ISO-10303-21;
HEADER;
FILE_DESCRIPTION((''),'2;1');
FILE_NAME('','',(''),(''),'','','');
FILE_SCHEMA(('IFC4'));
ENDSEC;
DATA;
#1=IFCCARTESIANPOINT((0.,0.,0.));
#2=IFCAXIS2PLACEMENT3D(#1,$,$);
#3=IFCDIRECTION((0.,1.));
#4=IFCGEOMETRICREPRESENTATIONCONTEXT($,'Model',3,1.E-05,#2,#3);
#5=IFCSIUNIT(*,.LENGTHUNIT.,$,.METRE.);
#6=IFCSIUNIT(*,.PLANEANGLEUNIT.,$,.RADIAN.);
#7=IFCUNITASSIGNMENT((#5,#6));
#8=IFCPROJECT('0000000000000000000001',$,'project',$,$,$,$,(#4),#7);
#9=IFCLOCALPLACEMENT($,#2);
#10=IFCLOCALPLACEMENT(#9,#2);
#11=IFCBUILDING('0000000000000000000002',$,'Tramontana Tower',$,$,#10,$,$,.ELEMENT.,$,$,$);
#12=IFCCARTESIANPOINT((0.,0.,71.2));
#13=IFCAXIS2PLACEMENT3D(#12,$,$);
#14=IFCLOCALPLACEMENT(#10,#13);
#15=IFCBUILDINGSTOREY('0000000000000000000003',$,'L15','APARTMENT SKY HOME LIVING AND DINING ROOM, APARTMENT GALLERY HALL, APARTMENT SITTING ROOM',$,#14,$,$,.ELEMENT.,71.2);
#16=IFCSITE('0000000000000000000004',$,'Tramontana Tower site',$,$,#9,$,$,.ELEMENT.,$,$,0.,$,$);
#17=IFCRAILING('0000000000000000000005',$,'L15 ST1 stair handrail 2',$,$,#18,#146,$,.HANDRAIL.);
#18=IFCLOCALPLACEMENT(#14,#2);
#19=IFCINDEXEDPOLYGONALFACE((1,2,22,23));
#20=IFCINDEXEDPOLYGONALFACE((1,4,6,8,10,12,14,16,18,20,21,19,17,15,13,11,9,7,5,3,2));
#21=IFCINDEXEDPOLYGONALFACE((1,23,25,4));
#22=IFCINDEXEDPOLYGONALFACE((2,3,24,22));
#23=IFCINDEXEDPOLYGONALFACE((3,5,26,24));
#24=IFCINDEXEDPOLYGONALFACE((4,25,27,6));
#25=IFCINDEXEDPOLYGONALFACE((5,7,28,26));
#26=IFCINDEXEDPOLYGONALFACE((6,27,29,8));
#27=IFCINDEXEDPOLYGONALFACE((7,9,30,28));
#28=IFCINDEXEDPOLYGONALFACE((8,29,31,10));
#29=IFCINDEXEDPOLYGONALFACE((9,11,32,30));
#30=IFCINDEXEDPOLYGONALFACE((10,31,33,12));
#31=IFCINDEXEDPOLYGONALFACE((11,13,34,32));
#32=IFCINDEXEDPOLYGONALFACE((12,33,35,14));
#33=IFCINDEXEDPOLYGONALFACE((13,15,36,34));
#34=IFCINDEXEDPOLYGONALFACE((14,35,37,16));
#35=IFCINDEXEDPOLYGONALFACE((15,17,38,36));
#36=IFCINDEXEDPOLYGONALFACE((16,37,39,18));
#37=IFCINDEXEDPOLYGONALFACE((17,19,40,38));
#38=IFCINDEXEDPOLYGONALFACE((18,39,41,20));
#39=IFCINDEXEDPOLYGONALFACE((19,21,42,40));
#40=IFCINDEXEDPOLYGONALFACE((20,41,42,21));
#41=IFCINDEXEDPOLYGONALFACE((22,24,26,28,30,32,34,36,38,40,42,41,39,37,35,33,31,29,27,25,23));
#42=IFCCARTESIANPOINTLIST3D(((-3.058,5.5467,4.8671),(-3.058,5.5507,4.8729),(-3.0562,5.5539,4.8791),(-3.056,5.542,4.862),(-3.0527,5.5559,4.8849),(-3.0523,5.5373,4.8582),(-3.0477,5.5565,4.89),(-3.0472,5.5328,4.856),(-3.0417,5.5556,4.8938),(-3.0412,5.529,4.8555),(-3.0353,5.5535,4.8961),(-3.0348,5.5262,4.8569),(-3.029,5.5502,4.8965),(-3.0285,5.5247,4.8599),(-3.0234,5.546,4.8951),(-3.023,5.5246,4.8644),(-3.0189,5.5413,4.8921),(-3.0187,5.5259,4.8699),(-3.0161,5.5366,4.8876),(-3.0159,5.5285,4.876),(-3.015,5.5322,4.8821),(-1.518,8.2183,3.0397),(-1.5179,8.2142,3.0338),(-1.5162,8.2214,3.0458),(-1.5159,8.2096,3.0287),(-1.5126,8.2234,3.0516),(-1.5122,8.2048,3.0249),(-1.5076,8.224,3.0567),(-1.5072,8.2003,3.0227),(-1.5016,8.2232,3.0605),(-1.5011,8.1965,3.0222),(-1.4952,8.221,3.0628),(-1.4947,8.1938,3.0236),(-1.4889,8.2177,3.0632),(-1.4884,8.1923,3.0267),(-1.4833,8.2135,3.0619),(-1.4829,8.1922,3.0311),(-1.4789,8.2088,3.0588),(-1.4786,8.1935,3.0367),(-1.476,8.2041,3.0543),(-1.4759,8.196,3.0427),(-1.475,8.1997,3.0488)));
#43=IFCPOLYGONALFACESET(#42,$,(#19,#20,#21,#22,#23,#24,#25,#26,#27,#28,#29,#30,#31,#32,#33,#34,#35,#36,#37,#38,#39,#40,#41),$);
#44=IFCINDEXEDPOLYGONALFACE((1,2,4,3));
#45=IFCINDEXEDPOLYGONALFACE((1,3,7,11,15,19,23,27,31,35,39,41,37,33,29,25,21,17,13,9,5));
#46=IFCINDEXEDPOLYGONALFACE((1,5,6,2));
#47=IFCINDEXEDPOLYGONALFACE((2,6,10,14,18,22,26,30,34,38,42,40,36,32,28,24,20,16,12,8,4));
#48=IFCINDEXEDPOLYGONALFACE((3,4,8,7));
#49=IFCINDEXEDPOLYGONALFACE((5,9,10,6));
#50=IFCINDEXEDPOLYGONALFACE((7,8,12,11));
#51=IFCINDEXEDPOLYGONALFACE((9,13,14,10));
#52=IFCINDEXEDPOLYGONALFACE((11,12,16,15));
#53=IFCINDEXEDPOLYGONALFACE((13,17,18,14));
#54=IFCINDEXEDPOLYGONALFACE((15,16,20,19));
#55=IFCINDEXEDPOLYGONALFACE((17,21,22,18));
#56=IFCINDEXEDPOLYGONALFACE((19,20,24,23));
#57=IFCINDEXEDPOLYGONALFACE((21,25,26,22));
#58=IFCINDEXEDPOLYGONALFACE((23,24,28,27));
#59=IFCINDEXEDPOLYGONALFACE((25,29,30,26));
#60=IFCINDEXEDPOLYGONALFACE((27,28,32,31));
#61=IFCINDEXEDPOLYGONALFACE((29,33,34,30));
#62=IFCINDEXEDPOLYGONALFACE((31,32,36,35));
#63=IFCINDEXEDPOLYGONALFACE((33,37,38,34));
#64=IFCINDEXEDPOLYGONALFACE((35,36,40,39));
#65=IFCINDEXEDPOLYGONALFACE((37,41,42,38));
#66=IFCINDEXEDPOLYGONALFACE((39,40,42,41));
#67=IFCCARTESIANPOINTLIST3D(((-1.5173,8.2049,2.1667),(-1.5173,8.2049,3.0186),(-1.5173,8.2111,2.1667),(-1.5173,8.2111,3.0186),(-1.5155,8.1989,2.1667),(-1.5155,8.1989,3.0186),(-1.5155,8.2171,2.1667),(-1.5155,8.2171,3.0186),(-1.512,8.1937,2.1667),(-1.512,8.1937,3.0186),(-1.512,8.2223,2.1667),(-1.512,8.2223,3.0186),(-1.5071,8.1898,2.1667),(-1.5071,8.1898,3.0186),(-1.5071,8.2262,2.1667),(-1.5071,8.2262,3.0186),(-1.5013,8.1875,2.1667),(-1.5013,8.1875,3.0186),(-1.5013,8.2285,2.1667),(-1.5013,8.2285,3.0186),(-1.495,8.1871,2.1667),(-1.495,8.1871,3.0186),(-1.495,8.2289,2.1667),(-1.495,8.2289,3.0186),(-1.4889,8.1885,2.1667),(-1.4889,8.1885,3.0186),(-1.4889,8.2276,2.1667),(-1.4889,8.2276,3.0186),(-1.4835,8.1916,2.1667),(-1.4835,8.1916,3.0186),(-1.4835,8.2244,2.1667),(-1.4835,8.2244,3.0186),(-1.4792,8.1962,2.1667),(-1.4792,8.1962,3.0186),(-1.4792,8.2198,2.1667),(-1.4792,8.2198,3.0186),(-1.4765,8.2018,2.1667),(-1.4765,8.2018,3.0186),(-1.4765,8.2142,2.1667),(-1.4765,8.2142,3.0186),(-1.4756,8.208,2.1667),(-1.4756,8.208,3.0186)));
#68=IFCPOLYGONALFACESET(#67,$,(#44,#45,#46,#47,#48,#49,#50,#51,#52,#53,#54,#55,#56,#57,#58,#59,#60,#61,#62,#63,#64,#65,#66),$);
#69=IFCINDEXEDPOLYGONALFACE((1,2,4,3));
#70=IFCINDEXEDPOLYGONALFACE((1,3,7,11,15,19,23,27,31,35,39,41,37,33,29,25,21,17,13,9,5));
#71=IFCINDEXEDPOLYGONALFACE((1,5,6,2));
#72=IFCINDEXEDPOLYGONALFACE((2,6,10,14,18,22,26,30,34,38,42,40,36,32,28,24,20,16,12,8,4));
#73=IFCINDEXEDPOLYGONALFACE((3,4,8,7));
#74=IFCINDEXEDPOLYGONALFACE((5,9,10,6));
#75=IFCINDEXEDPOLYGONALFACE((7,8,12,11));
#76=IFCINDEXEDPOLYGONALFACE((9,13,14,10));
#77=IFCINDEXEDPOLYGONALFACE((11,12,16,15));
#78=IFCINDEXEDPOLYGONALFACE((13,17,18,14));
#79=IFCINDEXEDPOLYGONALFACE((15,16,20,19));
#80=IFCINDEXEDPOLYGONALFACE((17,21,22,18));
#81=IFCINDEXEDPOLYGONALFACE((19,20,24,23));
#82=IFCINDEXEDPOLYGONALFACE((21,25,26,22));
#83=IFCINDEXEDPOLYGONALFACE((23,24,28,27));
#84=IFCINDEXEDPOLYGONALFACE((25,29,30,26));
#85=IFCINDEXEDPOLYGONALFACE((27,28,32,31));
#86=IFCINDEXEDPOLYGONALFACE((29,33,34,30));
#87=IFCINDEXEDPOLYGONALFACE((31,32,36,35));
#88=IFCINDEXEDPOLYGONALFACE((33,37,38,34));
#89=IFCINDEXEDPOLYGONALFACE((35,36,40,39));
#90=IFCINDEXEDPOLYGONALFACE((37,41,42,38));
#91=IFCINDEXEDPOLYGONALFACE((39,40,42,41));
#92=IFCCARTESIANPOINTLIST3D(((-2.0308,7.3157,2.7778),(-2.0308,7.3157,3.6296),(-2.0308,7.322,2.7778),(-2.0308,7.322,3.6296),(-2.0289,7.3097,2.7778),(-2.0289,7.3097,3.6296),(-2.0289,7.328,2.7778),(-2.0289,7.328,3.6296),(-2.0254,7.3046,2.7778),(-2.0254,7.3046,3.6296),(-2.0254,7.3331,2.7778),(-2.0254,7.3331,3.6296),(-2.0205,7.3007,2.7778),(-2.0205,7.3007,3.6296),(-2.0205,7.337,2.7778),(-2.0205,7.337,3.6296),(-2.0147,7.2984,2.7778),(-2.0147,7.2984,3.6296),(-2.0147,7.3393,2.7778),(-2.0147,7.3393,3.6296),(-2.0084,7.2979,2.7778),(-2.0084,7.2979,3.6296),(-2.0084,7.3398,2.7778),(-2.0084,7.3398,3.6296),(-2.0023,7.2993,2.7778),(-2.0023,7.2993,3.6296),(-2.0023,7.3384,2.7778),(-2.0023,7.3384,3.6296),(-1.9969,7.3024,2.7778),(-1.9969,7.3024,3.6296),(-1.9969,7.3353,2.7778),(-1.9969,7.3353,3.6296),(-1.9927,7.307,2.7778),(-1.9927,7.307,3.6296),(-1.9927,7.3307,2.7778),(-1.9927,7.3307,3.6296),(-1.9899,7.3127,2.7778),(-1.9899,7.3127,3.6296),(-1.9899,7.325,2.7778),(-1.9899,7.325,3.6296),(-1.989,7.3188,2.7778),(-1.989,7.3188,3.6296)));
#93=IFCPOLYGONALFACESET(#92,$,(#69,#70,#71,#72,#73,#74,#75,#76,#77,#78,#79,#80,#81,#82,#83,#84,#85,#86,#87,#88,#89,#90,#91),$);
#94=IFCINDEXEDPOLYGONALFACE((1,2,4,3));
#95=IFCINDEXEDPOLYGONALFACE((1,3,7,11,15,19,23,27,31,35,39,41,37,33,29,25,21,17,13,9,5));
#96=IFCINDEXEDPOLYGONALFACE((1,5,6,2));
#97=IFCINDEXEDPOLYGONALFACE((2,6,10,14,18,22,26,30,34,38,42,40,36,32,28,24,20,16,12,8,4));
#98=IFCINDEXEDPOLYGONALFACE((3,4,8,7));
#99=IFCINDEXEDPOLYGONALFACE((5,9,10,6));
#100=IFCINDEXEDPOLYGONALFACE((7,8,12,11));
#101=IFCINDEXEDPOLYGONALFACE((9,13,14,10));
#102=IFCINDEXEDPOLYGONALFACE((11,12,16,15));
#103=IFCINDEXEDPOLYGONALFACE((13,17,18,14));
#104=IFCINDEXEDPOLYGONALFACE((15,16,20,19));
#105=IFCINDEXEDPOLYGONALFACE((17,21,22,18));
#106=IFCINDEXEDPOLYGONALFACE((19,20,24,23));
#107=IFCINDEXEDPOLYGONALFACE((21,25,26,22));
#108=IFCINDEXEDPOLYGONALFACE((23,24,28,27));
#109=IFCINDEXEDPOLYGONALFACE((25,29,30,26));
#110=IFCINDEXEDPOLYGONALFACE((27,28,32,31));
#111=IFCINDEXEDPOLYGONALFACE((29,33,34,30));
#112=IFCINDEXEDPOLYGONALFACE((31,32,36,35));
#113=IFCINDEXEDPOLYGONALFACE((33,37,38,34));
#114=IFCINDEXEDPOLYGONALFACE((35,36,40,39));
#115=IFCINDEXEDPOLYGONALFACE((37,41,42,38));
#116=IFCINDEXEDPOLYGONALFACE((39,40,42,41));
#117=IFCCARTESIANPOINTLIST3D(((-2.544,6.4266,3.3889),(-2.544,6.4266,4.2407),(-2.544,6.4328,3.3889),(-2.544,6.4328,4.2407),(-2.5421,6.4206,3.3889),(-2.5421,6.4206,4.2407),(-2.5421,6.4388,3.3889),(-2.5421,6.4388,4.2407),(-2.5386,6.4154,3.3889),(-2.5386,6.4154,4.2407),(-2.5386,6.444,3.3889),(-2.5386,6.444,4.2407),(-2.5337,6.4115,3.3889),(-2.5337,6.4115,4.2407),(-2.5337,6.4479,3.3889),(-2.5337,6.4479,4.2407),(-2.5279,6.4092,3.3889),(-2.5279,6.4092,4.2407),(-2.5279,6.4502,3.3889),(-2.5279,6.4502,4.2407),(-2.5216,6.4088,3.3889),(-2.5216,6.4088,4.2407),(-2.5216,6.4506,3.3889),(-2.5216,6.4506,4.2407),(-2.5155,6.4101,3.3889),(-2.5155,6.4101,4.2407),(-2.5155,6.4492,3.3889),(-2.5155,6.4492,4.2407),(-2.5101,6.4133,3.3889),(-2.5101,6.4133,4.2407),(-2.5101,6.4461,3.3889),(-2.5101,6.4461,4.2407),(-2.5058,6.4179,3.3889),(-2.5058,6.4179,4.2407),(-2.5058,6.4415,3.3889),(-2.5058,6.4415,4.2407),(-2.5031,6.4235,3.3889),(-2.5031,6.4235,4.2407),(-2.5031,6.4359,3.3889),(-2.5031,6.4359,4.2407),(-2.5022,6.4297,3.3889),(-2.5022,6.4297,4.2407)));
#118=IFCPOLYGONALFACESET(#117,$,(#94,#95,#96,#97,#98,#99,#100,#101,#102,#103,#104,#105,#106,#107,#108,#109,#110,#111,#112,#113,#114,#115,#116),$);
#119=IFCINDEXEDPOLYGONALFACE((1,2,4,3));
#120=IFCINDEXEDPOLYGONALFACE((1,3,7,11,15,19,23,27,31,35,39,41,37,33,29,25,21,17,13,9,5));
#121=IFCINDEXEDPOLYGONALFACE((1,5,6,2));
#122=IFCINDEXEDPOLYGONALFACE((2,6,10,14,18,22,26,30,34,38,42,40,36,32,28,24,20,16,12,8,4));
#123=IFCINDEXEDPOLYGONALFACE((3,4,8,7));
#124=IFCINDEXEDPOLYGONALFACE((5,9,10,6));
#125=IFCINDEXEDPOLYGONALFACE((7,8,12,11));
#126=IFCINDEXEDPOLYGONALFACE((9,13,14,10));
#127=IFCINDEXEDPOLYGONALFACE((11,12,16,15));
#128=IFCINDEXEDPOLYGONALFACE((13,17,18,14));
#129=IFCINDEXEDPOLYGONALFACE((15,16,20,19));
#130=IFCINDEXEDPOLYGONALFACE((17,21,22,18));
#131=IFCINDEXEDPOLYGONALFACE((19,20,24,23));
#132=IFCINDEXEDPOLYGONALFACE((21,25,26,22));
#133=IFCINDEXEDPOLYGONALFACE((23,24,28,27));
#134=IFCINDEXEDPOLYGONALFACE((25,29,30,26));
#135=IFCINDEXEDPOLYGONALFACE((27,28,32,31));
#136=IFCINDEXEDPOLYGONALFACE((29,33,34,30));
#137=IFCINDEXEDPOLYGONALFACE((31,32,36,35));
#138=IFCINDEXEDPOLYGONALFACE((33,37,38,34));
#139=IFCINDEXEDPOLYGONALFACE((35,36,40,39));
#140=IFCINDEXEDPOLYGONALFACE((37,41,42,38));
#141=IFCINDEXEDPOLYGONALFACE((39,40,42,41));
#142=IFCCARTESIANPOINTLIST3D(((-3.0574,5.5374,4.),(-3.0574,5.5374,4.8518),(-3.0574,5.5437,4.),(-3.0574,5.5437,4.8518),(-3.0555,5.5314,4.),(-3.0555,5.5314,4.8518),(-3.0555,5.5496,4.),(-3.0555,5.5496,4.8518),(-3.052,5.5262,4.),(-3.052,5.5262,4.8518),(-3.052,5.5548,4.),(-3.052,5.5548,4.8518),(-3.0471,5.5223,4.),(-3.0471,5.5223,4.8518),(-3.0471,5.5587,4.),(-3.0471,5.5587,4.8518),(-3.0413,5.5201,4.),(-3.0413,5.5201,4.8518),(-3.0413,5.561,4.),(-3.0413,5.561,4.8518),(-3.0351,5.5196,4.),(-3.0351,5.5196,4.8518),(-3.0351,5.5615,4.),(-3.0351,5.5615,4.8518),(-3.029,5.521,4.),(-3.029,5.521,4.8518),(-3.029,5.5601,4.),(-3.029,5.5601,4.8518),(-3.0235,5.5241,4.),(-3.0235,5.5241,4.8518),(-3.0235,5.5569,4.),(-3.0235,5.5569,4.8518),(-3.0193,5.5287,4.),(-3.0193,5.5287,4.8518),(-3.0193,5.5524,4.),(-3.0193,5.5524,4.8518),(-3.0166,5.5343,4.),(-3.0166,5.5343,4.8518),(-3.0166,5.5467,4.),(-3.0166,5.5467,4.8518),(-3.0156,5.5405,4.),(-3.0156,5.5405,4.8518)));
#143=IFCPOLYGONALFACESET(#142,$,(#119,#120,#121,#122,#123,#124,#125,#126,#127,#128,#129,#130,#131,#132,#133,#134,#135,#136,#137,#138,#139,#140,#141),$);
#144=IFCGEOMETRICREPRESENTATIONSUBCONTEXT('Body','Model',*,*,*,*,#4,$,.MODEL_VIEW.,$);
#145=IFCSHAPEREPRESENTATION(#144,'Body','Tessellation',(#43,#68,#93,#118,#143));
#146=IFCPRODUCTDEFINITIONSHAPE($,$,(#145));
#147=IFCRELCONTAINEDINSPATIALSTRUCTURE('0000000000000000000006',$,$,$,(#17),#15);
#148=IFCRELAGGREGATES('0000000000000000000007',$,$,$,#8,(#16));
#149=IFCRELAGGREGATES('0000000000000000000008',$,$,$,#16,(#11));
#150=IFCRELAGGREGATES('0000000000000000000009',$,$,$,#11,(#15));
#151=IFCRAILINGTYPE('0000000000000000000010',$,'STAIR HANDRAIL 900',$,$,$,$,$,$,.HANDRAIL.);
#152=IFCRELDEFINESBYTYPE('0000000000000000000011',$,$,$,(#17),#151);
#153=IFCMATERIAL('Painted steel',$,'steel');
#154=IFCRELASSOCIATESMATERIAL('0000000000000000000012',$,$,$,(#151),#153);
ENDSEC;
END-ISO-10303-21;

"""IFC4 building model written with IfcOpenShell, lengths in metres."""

from ifc_helpers import new_model, si_unit, direction, frame, origin, origin_2d, place, context, subcontext, project, spatial, circle, extrude, material, type_object, element, save


model = new_model("IFC4")

# Units and contexts
model_context = context("Model", 3, precision=1e-05, world=origin(), true_north=direction((0.0, 1.0)))
body_context = subcontext(model_context, "Body", "Model", "MODEL_VIEW")
ifc_project = project(units=[si_unit("LENGTHUNIT", "METRE"), si_unit("PLANEANGLEUNIT", "RADIAN")], contexts=[model_context])

# Site, building, storey
site_placement = place(None, origin())
site = spatial("IfcSite", under=ifc_project, at=site_placement, Name="Tramontana Tower site", CompositionType="ELEMENT", RefElevation=0.0)
building_placement = place(site_placement, origin())
building = spatial("IfcBuilding", under=site, at=building_placement, Name="Tramontana Tower", CompositionType="ELEMENT")
storey_placement = place(building_placement, frame((0.0, 0.0, 71.2)))
storey = spatial("IfcBuildingStorey", under=building, at=storey_placement, Name="L15", Description="APARTMENT SKY HOME LIVING AND DINING ROOM, APARTMENT GALLERY HALL, APARTMENT SITTING ROOM", CompositionType="ELEMENT", Elevation=71.2)

# Railing
ifc_material_1 = material(Name="Painted steel", Category="steel")
railing_type_1 = type_object("IfcRailingType", Name="STAIR HANDRAIL 900", PredefinedType="HANDRAIL", material=ifc_material_1)
railing_1_placement = place(storey_placement, frame((-1.4966, 8.208, 2.1667)))
element("IfcRailing", 1, at=railing_1_placement, inside=storey, type_object=railing_type_1, Name="L15 ST1 stair handrail 2", PredefinedType="HANDRAIL", context=body_context, shape_type="SweptSolid", body=[
    extrude(circle(Radius=0.0239, at=origin_2d()), frame((0.0, 0.0, 0.876), z_axis=(-0.429649, -0.74419, 0.511452), x_axis=(0.86603, -0.499992, 0.0)), (0.0, 0.0, 1.0), 3.5845),
    extrude(circle(Radius=0.021, at=origin_2d()), origin(), (0.0, 0.0, 1.0), 0.8518),
    extrude(circle(Radius=0.021, at=origin_2d()), frame((-0.5134, -0.8892, 0.6111)), (0.0, 0.0, 1.0), 0.8518),
    extrude(circle(Radius=0.021, at=origin_2d()), frame((-1.0266, -1.7783, 1.2222)), (0.0, 0.0, 1.0), 0.8518),
    extrude(circle(Radius=0.021, at=origin_2d()), frame((-1.54, -2.6675, 1.8333)), (0.0, 0.0, 1.0), 0.8518),
])

save(model, "model.ifc")
